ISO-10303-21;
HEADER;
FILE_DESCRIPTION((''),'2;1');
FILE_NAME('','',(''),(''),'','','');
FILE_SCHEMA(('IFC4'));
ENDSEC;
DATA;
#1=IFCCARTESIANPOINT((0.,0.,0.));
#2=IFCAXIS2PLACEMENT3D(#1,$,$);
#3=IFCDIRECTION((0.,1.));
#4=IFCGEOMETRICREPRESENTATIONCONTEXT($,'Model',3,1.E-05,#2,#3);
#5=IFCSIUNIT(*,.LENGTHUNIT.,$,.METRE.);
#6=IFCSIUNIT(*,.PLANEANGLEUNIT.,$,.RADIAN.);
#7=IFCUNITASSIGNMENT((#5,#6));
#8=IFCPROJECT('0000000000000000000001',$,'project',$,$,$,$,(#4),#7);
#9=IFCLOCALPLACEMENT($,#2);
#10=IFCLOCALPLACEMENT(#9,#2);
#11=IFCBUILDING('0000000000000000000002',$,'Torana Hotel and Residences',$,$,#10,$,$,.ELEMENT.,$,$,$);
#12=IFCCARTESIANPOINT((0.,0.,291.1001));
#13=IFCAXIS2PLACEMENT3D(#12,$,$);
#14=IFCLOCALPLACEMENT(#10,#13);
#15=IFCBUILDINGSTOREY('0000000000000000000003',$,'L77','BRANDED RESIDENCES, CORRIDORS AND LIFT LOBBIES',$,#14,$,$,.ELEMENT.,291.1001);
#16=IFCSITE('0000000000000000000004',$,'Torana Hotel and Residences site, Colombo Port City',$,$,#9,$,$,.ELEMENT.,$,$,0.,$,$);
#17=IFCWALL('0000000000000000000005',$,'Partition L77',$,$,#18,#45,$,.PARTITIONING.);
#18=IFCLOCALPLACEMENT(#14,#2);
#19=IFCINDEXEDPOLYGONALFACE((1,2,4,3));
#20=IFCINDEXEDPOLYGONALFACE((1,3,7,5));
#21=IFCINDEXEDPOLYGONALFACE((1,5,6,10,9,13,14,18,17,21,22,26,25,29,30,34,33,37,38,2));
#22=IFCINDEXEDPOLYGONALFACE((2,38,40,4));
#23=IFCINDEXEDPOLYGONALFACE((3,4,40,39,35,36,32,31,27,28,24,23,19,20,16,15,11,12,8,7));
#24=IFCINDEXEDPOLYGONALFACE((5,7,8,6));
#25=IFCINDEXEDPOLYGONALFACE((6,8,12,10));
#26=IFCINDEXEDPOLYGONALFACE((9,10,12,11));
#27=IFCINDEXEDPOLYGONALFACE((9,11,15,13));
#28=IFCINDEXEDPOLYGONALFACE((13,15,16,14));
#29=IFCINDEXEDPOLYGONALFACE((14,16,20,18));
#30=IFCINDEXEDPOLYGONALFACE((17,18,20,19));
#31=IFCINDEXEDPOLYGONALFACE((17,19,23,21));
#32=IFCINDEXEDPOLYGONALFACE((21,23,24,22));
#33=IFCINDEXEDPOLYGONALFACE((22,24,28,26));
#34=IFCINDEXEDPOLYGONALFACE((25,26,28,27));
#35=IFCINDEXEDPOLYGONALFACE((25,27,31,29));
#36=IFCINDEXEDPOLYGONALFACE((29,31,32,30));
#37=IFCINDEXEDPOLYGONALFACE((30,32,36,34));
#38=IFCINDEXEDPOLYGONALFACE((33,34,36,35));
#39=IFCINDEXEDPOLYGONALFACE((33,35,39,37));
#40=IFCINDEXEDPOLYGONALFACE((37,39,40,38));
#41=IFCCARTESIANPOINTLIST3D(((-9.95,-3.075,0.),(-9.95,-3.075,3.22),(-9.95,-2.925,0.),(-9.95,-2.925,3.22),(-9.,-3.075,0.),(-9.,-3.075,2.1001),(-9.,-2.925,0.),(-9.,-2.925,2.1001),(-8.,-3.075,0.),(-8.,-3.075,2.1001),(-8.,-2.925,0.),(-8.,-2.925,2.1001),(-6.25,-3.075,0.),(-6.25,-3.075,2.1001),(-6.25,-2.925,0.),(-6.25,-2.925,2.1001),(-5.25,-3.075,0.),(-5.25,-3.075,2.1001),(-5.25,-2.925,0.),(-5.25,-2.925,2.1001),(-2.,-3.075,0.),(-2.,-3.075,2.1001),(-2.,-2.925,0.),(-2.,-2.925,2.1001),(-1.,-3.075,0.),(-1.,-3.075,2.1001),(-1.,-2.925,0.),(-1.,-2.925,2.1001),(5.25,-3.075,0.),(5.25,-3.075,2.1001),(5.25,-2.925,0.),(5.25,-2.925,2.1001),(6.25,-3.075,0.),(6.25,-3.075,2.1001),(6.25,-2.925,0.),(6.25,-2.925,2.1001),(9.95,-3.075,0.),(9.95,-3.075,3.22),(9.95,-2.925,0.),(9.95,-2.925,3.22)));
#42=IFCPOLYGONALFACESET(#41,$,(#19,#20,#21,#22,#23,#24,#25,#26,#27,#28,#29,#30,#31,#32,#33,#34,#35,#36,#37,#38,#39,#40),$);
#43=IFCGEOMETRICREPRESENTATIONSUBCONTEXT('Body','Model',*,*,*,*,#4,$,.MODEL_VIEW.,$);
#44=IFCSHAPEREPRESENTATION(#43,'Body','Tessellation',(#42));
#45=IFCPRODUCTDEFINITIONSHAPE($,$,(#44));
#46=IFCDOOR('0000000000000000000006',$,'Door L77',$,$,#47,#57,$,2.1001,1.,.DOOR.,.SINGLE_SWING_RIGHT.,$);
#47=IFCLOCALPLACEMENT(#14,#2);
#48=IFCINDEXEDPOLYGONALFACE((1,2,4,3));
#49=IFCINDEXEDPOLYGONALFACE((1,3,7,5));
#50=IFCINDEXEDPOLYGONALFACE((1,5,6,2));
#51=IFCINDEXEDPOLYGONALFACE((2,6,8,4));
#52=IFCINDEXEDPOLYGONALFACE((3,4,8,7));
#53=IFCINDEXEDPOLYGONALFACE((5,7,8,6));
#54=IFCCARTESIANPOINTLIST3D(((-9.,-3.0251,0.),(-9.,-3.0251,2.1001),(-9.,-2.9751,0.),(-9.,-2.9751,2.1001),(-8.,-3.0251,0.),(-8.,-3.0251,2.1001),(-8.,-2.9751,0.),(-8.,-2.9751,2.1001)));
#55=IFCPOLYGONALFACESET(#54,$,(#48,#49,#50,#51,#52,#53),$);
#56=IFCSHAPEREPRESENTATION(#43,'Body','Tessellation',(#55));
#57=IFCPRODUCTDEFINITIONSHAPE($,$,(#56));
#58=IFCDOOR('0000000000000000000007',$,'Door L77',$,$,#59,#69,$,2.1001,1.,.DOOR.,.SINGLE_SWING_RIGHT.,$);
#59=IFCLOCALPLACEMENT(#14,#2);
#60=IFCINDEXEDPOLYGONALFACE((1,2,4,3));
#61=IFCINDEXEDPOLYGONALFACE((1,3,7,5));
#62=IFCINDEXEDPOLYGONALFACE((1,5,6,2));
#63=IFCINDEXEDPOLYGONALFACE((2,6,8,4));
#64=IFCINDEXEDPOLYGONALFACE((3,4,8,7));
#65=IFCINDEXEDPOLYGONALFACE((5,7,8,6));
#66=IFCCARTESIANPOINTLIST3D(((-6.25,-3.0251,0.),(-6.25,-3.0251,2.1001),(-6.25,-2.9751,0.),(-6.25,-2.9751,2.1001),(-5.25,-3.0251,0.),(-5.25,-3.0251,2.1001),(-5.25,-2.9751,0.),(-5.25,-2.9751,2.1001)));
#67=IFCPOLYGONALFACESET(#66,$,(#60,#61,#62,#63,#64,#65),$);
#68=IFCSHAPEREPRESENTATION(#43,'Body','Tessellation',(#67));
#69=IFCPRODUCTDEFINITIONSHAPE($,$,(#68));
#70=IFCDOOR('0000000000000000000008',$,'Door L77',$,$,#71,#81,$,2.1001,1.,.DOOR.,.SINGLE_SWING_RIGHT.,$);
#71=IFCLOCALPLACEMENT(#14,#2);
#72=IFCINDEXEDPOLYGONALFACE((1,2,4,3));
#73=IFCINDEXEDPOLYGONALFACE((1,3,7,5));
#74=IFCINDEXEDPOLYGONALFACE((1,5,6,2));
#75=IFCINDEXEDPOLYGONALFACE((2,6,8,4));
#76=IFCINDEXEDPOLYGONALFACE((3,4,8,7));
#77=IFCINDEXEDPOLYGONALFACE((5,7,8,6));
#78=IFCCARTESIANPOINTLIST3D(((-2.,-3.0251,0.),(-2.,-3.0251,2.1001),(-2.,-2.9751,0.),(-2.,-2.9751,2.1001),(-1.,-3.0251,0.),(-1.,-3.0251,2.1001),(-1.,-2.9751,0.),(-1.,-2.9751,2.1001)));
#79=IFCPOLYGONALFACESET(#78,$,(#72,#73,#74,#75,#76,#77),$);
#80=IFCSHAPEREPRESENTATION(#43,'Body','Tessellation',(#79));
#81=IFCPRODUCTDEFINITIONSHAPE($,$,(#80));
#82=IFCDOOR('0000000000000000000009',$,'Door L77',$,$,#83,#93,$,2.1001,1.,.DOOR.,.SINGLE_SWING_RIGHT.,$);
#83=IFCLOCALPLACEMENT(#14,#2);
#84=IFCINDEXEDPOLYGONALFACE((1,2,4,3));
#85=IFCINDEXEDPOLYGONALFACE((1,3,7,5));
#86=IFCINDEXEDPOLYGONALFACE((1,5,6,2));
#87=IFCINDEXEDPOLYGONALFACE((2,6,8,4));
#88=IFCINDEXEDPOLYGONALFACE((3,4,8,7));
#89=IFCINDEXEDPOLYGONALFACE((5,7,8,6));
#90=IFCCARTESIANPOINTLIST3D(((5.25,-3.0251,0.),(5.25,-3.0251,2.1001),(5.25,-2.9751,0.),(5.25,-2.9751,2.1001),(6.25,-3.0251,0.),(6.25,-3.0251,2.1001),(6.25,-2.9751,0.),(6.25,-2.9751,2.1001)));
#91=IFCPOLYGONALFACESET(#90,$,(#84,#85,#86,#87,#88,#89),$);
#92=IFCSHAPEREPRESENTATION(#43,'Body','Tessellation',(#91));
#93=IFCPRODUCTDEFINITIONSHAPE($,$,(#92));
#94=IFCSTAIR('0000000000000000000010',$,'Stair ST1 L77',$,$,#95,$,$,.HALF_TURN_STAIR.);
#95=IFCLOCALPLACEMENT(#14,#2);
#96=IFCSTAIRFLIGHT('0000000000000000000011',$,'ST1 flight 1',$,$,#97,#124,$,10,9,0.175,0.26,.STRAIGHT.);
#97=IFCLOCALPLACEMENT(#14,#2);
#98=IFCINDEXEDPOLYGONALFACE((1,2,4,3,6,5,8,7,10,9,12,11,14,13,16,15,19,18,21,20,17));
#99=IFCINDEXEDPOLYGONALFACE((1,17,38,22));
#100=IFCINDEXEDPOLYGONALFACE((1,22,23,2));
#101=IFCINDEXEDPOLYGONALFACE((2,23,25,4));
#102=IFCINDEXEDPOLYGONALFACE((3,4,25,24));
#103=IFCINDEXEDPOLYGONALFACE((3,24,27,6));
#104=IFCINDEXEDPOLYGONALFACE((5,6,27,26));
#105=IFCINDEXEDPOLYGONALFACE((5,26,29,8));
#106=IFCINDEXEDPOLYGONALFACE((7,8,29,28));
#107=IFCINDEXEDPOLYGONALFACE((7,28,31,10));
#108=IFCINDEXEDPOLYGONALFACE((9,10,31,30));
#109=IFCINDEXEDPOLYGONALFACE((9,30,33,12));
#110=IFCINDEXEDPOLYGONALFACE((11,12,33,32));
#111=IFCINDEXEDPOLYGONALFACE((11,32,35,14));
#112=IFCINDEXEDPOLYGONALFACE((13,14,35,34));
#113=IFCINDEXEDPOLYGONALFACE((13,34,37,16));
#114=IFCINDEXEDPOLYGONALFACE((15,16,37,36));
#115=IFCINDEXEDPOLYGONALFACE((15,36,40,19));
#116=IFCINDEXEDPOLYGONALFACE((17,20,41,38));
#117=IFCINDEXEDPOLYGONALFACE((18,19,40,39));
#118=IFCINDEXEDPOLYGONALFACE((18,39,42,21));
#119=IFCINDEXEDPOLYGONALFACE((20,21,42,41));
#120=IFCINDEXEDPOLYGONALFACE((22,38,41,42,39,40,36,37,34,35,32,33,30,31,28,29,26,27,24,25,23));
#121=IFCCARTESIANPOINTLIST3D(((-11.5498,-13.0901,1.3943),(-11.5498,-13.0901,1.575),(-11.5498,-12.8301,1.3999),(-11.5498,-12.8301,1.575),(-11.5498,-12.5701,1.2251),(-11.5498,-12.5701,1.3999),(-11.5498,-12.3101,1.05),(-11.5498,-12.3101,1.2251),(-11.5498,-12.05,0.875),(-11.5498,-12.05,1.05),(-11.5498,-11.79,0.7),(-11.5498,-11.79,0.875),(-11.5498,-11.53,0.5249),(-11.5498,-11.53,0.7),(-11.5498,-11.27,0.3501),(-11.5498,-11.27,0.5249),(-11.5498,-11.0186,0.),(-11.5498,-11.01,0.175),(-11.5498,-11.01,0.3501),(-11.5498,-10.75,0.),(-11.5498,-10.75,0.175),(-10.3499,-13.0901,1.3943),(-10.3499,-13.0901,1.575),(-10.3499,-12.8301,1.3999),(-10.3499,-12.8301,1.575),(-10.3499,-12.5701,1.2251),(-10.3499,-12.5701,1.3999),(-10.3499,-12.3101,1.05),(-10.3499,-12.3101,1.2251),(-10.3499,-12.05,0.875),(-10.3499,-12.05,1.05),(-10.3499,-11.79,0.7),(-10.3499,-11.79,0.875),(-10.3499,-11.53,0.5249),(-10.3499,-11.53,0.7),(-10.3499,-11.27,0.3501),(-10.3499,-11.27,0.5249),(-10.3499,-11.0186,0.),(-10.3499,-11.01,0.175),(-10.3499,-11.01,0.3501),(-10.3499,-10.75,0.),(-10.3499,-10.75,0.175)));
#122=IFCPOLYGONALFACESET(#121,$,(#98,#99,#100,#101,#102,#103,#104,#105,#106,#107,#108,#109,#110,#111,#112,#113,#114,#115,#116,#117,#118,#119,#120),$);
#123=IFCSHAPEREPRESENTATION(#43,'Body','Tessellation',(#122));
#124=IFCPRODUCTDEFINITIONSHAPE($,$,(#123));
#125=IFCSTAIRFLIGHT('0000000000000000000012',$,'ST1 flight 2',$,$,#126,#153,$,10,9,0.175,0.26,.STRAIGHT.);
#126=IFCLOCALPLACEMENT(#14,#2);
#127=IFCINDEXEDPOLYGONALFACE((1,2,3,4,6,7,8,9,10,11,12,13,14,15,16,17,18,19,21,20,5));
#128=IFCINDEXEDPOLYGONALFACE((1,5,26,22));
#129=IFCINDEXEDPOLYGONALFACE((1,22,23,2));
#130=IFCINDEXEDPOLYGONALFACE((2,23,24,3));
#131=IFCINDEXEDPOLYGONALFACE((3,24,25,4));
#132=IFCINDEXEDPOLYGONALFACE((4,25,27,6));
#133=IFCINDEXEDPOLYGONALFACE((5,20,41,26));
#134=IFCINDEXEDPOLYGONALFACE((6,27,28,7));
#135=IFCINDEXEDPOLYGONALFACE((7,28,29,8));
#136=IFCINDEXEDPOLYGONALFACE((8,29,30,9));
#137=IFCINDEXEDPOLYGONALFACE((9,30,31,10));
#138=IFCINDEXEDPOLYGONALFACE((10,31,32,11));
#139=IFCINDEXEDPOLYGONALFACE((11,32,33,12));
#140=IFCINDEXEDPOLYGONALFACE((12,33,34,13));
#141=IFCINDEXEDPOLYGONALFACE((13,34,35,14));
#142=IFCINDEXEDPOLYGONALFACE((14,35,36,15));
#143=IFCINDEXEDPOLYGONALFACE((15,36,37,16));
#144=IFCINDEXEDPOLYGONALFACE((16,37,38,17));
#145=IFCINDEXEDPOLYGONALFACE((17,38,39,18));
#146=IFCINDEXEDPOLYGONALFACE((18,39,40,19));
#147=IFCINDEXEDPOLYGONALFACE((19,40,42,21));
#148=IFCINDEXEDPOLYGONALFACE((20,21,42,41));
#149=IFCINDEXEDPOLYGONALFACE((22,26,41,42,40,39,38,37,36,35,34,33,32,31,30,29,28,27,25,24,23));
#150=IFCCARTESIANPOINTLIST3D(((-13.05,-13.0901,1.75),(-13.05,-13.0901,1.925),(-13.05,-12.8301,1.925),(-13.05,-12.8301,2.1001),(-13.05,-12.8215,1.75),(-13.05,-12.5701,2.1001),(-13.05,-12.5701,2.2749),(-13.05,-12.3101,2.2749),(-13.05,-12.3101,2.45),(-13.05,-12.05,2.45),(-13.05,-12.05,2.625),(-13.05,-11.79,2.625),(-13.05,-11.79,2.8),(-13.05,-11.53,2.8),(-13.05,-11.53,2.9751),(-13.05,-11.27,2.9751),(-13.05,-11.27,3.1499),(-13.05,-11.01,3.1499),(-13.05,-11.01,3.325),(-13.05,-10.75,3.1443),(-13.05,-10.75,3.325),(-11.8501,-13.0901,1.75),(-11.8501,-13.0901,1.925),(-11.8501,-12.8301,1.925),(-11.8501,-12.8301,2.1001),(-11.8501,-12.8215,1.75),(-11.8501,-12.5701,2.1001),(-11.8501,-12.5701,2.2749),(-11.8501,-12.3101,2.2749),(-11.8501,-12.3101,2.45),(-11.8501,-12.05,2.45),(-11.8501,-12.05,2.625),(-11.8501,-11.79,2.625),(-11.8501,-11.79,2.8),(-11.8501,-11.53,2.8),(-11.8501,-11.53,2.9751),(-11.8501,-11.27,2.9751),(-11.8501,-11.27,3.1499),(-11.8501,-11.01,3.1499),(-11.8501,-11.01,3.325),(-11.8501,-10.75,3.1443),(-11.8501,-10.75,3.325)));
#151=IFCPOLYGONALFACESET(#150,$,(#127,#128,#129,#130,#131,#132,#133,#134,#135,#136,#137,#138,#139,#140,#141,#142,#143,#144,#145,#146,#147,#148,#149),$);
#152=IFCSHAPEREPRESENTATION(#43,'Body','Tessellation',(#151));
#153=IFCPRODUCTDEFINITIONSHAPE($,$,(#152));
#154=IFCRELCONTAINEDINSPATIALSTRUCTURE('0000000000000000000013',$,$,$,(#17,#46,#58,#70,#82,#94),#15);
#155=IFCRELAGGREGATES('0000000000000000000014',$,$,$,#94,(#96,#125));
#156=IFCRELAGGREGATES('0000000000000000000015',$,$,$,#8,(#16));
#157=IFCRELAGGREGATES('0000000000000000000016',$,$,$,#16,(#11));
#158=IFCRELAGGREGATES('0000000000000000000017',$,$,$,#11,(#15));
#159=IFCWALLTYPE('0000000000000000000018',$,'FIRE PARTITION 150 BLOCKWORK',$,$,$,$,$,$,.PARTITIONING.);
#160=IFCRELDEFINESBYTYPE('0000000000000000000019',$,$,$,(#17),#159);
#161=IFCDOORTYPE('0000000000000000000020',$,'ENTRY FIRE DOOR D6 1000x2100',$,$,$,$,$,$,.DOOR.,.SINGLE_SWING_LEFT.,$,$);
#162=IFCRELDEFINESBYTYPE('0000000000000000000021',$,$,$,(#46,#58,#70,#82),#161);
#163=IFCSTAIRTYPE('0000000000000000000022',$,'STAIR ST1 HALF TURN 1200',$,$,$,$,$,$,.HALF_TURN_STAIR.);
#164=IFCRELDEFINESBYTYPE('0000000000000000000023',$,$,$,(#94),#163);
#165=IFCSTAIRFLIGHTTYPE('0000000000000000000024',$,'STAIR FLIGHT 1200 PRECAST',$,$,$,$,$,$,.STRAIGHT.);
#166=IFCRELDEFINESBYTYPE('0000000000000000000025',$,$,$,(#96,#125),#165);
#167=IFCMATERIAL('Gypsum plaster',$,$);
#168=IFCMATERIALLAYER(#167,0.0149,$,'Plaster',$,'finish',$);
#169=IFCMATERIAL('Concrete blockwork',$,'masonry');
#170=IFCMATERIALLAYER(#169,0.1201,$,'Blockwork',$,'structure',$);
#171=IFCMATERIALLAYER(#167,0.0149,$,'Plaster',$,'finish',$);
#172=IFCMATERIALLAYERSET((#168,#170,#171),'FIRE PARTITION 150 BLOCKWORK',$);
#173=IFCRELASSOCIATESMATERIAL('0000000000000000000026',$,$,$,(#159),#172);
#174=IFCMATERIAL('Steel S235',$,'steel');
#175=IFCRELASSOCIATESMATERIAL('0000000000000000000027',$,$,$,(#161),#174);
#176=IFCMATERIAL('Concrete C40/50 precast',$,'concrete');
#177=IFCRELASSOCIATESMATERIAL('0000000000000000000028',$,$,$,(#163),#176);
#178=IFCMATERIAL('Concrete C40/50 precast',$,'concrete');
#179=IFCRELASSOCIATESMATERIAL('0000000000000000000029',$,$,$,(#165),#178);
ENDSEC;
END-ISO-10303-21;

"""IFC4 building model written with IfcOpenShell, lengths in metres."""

from ifc_helpers import new_model, si_unit, direction, frame, frame_2d, origin, place, context, subcontext, project, spatial, polyline, rectangle, outline, extrude, material, layer, layer_set, type_object, element, fill, aggregate, save


model = new_model("IFC4")

# Units and contexts
model_context = context("Model", 3, precision=1e-05, world=origin(), true_north=direction((0.0, 1.0)))
body_context = subcontext(model_context, "Body", "Model", "MODEL_VIEW")
ifc_project = project(units=[si_unit("LENGTHUNIT", "METRE"), si_unit("PLANEANGLEUNIT", "RADIAN")], contexts=[model_context])

# Site, building, storey
site_placement = place(None, origin())
site = spatial("IfcSite", under=ifc_project, at=site_placement, Name="Torana Hotel and Residences site, Colombo Port City", CompositionType="ELEMENT", RefElevation=0.0)
building_placement = place(site_placement, origin())
building = spatial("IfcBuilding", under=site, at=building_placement, Name="Torana Hotel and Residences", CompositionType="ELEMENT")
storey_placement = place(building_placement, frame((0.0, 0.0, 291.1001)))
storey = spatial("IfcBuildingStorey", under=building, at=storey_placement, Name="L77", Description="BRANDED RESIDENCES, CORRIDORS AND LIFT LOBBIES", CompositionType="ELEMENT", Elevation=291.1001)

# Shared definitions
ifc_material_1 = material(Name="Gypsum plaster")
ifc_layer_1 = layer(ifc_material_1, 0.0149, Name="Plaster", Category="finish")
ifc_material_2 = material(Name="Concrete blockwork", Category="masonry")
ifc_layer_2 = layer(ifc_material_2, 0.1201, Name="Blockwork", Category="structure")
ifc_layer_3 = layer(ifc_material_1, 0.0149, Name="Plaster", Category="finish")
ifc_layer_set_1 = layer_set([ifc_layer_1, ifc_layer_2, ifc_layer_3], Name="FIRE PARTITION 150 BLOCKWORK")
wall_type_1 = type_object("IfcWallType", Name="FIRE PARTITION 150 BLOCKWORK", PredefinedType="PARTITIONING", material=ifc_layer_set_1)

# Wall, openings, doors
ifc_material_3 = material(Name="Steel S235", Category="steel")
door_type_1 = type_object("IfcDoorType", Name="ENTRY FIRE DOOR D6 1000x2100", OperationType="SINGLE_SWING_LEFT", PredefinedType="DOOR", material=ifc_material_3)
wall_1_placement = place(storey_placement, frame((-9.95, -3.0, 0.0), z_axis=(0.0, 0.0, 1.0), x_axis=(1.0, 0.0, 0.0)))
wall_1 = element("IfcWall", 1, at=wall_1_placement, inside=storey, type_object=wall_type_1, Name="Partition L77", PredefinedType="PARTITIONING", context=body_context, shape_type="SweptSolid", body=[
    extrude(rectangle(XDim=19.8999, YDim=0.1499, at=frame_2d((9.95, 0.0))), origin(), (0.0, 0.0, 1.0), 3.22),
])
opening_1_placement = place(wall_1_placement, frame((0.95, 0.0, 0.0)))
opening_1 = element("IfcOpeningElement", 2, at=opening_1_placement, cuts=wall_1, PredefinedType="OPENING", context=body_context, shape_type="SweptSolid", body=[
    extrude(rectangle(XDim=1.0, YDim=2.1001, at=frame_2d((0.5, 1.05))), frame((0.0, 0.085, 0.0), z_axis=(0.0, -1.0, 0.0), x_axis=(1.0, 0.0, 0.0)), (0.0, 0.0, 1.0), 0.1699),
])
opening_2_placement = place(wall_1_placement, frame((3.7, 0.0, 0.0)))
opening_2 = element("IfcOpeningElement", 3, at=opening_2_placement, cuts=wall_1, PredefinedType="OPENING", context=body_context, shape_type="SweptSolid", body=[
    extrude(rectangle(XDim=1.0, YDim=2.1001, at=frame_2d((0.5, 1.05))), frame((0.0, 0.085, 0.0), z_axis=(0.0, -1.0, 0.0), x_axis=(1.0, 0.0, 0.0)), (0.0, 0.0, 1.0), 0.1699),
])
opening_3_placement = place(wall_1_placement, frame((7.95, 0.0, 0.0)))
opening_3 = element("IfcOpeningElement", 4, at=opening_3_placement, cuts=wall_1, PredefinedType="OPENING", context=body_context, shape_type="SweptSolid", body=[
    extrude(rectangle(XDim=1.0, YDim=2.1001, at=frame_2d((0.5, 1.05))), frame((0.0, 0.085, 0.0), z_axis=(0.0, -1.0, 0.0), x_axis=(1.0, 0.0, 0.0)), (0.0, 0.0, 1.0), 0.1699),
])
opening_4_placement = place(wall_1_placement, frame((15.2, 0.0, 0.0)))
opening_4 = element("IfcOpeningElement", 5, at=opening_4_placement, cuts=wall_1, PredefinedType="OPENING", context=body_context, shape_type="SweptSolid", body=[
    extrude(rectangle(XDim=1.0, YDim=2.1001, at=frame_2d((0.5, 1.05))), frame((0.0, 0.085, 0.0), z_axis=(0.0, -1.0, 0.0), x_axis=(1.0, 0.0, 0.0)), (0.0, 0.0, 1.0), 0.1699),
])
door_1_placement = place(opening_1_placement, origin())
door_1 = element("IfcDoor", 6, at=door_1_placement, inside=storey, type_object=door_type_1, Name="Door L77", OperationType="SINGLE_SWING_RIGHT", OverallHeight=2.1001, OverallWidth=1.0, PredefinedType="DOOR", context=body_context, shape_type="SweptSolid", body=[
    extrude(rectangle(XDim=1.0, YDim=2.1001, at=frame_2d((0.5, 1.05))), frame((0.0, 0.0249, 0.0), z_axis=(0.0, -1.0, 0.0), x_axis=(1.0, 0.0, 0.0)), (0.0, 0.0, 1.0), 0.05),
])
fill(opening_1, door_1)
door_2_placement = place(opening_2_placement, origin())
door_2 = element("IfcDoor", 7, at=door_2_placement, inside=storey, type_object=door_type_1, Name="Door L77", OperationType="SINGLE_SWING_RIGHT", OverallHeight=2.1001, OverallWidth=1.0, PredefinedType="DOOR", context=body_context, shape_type="SweptSolid", body=[
    extrude(rectangle(XDim=1.0, YDim=2.1001, at=frame_2d((0.5, 1.05))), frame((0.0, 0.0249, 0.0), z_axis=(0.0, -1.0, 0.0), x_axis=(1.0, 0.0, 0.0)), (0.0, 0.0, 1.0), 0.05),
])
fill(opening_2, door_2)
door_3_placement = place(opening_3_placement, origin())
door_3 = element("IfcDoor", 8, at=door_3_placement, inside=storey, type_object=door_type_1, Name="Door L77", OperationType="SINGLE_SWING_RIGHT", OverallHeight=2.1001, OverallWidth=1.0, PredefinedType="DOOR", context=body_context, shape_type="SweptSolid", body=[
    extrude(rectangle(XDim=1.0, YDim=2.1001, at=frame_2d((0.5, 1.05))), frame((0.0, 0.0249, 0.0), z_axis=(0.0, -1.0, 0.0), x_axis=(1.0, 0.0, 0.0)), (0.0, 0.0, 1.0), 0.05),
])
fill(opening_3, door_3)
door_4_placement = place(opening_4_placement, origin())
door_4 = element("IfcDoor", 9, at=door_4_placement, inside=storey, type_object=door_type_1, Name="Door L77", OperationType="SINGLE_SWING_RIGHT", OverallHeight=2.1001, OverallWidth=1.0, PredefinedType="DOOR", context=body_context, shape_type="SweptSolid", body=[
    extrude(rectangle(XDim=1.0, YDim=2.1001, at=frame_2d((0.5, 1.05))), frame((0.0, 0.0249, 0.0), z_axis=(0.0, -1.0, 0.0), x_axis=(1.0, 0.0, 0.0)), (0.0, 0.0, 1.0), 0.05),
])
fill(opening_4, door_4)

# Stair, stair flights
ifc_material_4 = material(Name="Concrete C40/50 precast", Category="concrete")
stair_type = type_object("IfcStairType", Name="STAIR ST1 HALF TURN 1200", PredefinedType="HALF_TURN_STAIR", material=ifc_material_4)
stair_placement = place(storey_placement, origin())
stair = element("IfcStair", 10, at=stair_placement, inside=storey, type_object=stair_type, Name="Stair ST1 L77", PredefinedType="HALF_TURN_STAIR")
ifc_material_5 = material(Name="Concrete C40/50 precast", Category="concrete")
stair_flight_type = type_object("IfcStairFlightType", Name="STAIR FLIGHT 1200 PRECAST", PredefinedType="STRAIGHT", material=ifc_material_5)
stair_flight_1_placement = place(storey_placement, frame((-10.95, -10.75, 0.0), z_axis=(0.0, 0.0, 1.0), x_axis=(0.0, -1.0, 0.0)))
stair_flight_1 = element("IfcStairFlight", 11, at=stair_flight_1_placement, type_object=stair_flight_type, Name="ST1 flight 1", NumberOfRisers=10, NumberOfTreads=9, PredefinedType="STRAIGHT", RiserHeight=0.175, TreadLength=0.26, context=body_context, shape_type="SweptSolid", body=[
    extrude(outline(polyline([(0.0, 0.0), (0.0, 0.175), (0.26, 0.175), (0.26, 0.3501), (0.52, 0.3501), (0.52, 0.5249), (0.78, 0.5249), (0.78, 0.7), (1.04, 0.7), (1.04, 0.875), (1.3, 0.875), (1.3, 1.05), (1.5601, 1.05), (1.5601, 1.2251), (1.8201, 1.2251), (1.8201, 1.3999), (2.0801, 1.3999), (2.0801, 1.575), (2.3401, 1.575), (2.3401, 1.75), (2.3401, 1.3943), (0.2686, 0.0), (0.0, 0.0)])), frame((0.0, 0.6001, 0.0), z_axis=(0.0, -1.0, 0.0), x_axis=(1.0, 0.0, 0.0)), (0.0, 0.0, 1.0), 1.2),
])
stair_flight_2_placement = place(storey_placement, frame((-12.45, -13.0901, 1.75), z_axis=(0.0, 0.0, 1.0), x_axis=(0.0, 1.0, 0.0)))
stair_flight_2 = element("IfcStairFlight", 12, at=stair_flight_2_placement, type_object=stair_flight_type, Name="ST1 flight 2", NumberOfRisers=10, NumberOfTreads=9, PredefinedType="STRAIGHT", RiserHeight=0.175, TreadLength=0.26, context=body_context, shape_type="SweptSolid", body=[
    extrude(outline(polyline([(0.0, 0.0), (0.0, 0.175), (0.26, 0.175), (0.26, 0.3501), (0.52, 0.3501), (0.52, 0.5249), (0.78, 0.5249), (0.78, 0.7), (1.04, 0.7), (1.04, 0.875), (1.3, 0.875), (1.3, 1.05), (1.5601, 1.05), (1.5601, 1.2251), (1.8201, 1.2251), (1.8201, 1.3999), (2.0801, 1.3999), (2.0801, 1.575), (2.3401, 1.575), (2.3401, 1.75), (2.3401, 1.3943), (0.2686, 0.0), (0.0, 0.0)])), frame((0.0, 0.6001, 0.0), z_axis=(0.0, -1.0, 0.0), x_axis=(1.0, 0.0, 0.0)), (0.0, 0.0, 1.0), 1.2),
])
aggregate(stair, [stair_flight_1, stair_flight_2])

save(model, "model.ifc")
